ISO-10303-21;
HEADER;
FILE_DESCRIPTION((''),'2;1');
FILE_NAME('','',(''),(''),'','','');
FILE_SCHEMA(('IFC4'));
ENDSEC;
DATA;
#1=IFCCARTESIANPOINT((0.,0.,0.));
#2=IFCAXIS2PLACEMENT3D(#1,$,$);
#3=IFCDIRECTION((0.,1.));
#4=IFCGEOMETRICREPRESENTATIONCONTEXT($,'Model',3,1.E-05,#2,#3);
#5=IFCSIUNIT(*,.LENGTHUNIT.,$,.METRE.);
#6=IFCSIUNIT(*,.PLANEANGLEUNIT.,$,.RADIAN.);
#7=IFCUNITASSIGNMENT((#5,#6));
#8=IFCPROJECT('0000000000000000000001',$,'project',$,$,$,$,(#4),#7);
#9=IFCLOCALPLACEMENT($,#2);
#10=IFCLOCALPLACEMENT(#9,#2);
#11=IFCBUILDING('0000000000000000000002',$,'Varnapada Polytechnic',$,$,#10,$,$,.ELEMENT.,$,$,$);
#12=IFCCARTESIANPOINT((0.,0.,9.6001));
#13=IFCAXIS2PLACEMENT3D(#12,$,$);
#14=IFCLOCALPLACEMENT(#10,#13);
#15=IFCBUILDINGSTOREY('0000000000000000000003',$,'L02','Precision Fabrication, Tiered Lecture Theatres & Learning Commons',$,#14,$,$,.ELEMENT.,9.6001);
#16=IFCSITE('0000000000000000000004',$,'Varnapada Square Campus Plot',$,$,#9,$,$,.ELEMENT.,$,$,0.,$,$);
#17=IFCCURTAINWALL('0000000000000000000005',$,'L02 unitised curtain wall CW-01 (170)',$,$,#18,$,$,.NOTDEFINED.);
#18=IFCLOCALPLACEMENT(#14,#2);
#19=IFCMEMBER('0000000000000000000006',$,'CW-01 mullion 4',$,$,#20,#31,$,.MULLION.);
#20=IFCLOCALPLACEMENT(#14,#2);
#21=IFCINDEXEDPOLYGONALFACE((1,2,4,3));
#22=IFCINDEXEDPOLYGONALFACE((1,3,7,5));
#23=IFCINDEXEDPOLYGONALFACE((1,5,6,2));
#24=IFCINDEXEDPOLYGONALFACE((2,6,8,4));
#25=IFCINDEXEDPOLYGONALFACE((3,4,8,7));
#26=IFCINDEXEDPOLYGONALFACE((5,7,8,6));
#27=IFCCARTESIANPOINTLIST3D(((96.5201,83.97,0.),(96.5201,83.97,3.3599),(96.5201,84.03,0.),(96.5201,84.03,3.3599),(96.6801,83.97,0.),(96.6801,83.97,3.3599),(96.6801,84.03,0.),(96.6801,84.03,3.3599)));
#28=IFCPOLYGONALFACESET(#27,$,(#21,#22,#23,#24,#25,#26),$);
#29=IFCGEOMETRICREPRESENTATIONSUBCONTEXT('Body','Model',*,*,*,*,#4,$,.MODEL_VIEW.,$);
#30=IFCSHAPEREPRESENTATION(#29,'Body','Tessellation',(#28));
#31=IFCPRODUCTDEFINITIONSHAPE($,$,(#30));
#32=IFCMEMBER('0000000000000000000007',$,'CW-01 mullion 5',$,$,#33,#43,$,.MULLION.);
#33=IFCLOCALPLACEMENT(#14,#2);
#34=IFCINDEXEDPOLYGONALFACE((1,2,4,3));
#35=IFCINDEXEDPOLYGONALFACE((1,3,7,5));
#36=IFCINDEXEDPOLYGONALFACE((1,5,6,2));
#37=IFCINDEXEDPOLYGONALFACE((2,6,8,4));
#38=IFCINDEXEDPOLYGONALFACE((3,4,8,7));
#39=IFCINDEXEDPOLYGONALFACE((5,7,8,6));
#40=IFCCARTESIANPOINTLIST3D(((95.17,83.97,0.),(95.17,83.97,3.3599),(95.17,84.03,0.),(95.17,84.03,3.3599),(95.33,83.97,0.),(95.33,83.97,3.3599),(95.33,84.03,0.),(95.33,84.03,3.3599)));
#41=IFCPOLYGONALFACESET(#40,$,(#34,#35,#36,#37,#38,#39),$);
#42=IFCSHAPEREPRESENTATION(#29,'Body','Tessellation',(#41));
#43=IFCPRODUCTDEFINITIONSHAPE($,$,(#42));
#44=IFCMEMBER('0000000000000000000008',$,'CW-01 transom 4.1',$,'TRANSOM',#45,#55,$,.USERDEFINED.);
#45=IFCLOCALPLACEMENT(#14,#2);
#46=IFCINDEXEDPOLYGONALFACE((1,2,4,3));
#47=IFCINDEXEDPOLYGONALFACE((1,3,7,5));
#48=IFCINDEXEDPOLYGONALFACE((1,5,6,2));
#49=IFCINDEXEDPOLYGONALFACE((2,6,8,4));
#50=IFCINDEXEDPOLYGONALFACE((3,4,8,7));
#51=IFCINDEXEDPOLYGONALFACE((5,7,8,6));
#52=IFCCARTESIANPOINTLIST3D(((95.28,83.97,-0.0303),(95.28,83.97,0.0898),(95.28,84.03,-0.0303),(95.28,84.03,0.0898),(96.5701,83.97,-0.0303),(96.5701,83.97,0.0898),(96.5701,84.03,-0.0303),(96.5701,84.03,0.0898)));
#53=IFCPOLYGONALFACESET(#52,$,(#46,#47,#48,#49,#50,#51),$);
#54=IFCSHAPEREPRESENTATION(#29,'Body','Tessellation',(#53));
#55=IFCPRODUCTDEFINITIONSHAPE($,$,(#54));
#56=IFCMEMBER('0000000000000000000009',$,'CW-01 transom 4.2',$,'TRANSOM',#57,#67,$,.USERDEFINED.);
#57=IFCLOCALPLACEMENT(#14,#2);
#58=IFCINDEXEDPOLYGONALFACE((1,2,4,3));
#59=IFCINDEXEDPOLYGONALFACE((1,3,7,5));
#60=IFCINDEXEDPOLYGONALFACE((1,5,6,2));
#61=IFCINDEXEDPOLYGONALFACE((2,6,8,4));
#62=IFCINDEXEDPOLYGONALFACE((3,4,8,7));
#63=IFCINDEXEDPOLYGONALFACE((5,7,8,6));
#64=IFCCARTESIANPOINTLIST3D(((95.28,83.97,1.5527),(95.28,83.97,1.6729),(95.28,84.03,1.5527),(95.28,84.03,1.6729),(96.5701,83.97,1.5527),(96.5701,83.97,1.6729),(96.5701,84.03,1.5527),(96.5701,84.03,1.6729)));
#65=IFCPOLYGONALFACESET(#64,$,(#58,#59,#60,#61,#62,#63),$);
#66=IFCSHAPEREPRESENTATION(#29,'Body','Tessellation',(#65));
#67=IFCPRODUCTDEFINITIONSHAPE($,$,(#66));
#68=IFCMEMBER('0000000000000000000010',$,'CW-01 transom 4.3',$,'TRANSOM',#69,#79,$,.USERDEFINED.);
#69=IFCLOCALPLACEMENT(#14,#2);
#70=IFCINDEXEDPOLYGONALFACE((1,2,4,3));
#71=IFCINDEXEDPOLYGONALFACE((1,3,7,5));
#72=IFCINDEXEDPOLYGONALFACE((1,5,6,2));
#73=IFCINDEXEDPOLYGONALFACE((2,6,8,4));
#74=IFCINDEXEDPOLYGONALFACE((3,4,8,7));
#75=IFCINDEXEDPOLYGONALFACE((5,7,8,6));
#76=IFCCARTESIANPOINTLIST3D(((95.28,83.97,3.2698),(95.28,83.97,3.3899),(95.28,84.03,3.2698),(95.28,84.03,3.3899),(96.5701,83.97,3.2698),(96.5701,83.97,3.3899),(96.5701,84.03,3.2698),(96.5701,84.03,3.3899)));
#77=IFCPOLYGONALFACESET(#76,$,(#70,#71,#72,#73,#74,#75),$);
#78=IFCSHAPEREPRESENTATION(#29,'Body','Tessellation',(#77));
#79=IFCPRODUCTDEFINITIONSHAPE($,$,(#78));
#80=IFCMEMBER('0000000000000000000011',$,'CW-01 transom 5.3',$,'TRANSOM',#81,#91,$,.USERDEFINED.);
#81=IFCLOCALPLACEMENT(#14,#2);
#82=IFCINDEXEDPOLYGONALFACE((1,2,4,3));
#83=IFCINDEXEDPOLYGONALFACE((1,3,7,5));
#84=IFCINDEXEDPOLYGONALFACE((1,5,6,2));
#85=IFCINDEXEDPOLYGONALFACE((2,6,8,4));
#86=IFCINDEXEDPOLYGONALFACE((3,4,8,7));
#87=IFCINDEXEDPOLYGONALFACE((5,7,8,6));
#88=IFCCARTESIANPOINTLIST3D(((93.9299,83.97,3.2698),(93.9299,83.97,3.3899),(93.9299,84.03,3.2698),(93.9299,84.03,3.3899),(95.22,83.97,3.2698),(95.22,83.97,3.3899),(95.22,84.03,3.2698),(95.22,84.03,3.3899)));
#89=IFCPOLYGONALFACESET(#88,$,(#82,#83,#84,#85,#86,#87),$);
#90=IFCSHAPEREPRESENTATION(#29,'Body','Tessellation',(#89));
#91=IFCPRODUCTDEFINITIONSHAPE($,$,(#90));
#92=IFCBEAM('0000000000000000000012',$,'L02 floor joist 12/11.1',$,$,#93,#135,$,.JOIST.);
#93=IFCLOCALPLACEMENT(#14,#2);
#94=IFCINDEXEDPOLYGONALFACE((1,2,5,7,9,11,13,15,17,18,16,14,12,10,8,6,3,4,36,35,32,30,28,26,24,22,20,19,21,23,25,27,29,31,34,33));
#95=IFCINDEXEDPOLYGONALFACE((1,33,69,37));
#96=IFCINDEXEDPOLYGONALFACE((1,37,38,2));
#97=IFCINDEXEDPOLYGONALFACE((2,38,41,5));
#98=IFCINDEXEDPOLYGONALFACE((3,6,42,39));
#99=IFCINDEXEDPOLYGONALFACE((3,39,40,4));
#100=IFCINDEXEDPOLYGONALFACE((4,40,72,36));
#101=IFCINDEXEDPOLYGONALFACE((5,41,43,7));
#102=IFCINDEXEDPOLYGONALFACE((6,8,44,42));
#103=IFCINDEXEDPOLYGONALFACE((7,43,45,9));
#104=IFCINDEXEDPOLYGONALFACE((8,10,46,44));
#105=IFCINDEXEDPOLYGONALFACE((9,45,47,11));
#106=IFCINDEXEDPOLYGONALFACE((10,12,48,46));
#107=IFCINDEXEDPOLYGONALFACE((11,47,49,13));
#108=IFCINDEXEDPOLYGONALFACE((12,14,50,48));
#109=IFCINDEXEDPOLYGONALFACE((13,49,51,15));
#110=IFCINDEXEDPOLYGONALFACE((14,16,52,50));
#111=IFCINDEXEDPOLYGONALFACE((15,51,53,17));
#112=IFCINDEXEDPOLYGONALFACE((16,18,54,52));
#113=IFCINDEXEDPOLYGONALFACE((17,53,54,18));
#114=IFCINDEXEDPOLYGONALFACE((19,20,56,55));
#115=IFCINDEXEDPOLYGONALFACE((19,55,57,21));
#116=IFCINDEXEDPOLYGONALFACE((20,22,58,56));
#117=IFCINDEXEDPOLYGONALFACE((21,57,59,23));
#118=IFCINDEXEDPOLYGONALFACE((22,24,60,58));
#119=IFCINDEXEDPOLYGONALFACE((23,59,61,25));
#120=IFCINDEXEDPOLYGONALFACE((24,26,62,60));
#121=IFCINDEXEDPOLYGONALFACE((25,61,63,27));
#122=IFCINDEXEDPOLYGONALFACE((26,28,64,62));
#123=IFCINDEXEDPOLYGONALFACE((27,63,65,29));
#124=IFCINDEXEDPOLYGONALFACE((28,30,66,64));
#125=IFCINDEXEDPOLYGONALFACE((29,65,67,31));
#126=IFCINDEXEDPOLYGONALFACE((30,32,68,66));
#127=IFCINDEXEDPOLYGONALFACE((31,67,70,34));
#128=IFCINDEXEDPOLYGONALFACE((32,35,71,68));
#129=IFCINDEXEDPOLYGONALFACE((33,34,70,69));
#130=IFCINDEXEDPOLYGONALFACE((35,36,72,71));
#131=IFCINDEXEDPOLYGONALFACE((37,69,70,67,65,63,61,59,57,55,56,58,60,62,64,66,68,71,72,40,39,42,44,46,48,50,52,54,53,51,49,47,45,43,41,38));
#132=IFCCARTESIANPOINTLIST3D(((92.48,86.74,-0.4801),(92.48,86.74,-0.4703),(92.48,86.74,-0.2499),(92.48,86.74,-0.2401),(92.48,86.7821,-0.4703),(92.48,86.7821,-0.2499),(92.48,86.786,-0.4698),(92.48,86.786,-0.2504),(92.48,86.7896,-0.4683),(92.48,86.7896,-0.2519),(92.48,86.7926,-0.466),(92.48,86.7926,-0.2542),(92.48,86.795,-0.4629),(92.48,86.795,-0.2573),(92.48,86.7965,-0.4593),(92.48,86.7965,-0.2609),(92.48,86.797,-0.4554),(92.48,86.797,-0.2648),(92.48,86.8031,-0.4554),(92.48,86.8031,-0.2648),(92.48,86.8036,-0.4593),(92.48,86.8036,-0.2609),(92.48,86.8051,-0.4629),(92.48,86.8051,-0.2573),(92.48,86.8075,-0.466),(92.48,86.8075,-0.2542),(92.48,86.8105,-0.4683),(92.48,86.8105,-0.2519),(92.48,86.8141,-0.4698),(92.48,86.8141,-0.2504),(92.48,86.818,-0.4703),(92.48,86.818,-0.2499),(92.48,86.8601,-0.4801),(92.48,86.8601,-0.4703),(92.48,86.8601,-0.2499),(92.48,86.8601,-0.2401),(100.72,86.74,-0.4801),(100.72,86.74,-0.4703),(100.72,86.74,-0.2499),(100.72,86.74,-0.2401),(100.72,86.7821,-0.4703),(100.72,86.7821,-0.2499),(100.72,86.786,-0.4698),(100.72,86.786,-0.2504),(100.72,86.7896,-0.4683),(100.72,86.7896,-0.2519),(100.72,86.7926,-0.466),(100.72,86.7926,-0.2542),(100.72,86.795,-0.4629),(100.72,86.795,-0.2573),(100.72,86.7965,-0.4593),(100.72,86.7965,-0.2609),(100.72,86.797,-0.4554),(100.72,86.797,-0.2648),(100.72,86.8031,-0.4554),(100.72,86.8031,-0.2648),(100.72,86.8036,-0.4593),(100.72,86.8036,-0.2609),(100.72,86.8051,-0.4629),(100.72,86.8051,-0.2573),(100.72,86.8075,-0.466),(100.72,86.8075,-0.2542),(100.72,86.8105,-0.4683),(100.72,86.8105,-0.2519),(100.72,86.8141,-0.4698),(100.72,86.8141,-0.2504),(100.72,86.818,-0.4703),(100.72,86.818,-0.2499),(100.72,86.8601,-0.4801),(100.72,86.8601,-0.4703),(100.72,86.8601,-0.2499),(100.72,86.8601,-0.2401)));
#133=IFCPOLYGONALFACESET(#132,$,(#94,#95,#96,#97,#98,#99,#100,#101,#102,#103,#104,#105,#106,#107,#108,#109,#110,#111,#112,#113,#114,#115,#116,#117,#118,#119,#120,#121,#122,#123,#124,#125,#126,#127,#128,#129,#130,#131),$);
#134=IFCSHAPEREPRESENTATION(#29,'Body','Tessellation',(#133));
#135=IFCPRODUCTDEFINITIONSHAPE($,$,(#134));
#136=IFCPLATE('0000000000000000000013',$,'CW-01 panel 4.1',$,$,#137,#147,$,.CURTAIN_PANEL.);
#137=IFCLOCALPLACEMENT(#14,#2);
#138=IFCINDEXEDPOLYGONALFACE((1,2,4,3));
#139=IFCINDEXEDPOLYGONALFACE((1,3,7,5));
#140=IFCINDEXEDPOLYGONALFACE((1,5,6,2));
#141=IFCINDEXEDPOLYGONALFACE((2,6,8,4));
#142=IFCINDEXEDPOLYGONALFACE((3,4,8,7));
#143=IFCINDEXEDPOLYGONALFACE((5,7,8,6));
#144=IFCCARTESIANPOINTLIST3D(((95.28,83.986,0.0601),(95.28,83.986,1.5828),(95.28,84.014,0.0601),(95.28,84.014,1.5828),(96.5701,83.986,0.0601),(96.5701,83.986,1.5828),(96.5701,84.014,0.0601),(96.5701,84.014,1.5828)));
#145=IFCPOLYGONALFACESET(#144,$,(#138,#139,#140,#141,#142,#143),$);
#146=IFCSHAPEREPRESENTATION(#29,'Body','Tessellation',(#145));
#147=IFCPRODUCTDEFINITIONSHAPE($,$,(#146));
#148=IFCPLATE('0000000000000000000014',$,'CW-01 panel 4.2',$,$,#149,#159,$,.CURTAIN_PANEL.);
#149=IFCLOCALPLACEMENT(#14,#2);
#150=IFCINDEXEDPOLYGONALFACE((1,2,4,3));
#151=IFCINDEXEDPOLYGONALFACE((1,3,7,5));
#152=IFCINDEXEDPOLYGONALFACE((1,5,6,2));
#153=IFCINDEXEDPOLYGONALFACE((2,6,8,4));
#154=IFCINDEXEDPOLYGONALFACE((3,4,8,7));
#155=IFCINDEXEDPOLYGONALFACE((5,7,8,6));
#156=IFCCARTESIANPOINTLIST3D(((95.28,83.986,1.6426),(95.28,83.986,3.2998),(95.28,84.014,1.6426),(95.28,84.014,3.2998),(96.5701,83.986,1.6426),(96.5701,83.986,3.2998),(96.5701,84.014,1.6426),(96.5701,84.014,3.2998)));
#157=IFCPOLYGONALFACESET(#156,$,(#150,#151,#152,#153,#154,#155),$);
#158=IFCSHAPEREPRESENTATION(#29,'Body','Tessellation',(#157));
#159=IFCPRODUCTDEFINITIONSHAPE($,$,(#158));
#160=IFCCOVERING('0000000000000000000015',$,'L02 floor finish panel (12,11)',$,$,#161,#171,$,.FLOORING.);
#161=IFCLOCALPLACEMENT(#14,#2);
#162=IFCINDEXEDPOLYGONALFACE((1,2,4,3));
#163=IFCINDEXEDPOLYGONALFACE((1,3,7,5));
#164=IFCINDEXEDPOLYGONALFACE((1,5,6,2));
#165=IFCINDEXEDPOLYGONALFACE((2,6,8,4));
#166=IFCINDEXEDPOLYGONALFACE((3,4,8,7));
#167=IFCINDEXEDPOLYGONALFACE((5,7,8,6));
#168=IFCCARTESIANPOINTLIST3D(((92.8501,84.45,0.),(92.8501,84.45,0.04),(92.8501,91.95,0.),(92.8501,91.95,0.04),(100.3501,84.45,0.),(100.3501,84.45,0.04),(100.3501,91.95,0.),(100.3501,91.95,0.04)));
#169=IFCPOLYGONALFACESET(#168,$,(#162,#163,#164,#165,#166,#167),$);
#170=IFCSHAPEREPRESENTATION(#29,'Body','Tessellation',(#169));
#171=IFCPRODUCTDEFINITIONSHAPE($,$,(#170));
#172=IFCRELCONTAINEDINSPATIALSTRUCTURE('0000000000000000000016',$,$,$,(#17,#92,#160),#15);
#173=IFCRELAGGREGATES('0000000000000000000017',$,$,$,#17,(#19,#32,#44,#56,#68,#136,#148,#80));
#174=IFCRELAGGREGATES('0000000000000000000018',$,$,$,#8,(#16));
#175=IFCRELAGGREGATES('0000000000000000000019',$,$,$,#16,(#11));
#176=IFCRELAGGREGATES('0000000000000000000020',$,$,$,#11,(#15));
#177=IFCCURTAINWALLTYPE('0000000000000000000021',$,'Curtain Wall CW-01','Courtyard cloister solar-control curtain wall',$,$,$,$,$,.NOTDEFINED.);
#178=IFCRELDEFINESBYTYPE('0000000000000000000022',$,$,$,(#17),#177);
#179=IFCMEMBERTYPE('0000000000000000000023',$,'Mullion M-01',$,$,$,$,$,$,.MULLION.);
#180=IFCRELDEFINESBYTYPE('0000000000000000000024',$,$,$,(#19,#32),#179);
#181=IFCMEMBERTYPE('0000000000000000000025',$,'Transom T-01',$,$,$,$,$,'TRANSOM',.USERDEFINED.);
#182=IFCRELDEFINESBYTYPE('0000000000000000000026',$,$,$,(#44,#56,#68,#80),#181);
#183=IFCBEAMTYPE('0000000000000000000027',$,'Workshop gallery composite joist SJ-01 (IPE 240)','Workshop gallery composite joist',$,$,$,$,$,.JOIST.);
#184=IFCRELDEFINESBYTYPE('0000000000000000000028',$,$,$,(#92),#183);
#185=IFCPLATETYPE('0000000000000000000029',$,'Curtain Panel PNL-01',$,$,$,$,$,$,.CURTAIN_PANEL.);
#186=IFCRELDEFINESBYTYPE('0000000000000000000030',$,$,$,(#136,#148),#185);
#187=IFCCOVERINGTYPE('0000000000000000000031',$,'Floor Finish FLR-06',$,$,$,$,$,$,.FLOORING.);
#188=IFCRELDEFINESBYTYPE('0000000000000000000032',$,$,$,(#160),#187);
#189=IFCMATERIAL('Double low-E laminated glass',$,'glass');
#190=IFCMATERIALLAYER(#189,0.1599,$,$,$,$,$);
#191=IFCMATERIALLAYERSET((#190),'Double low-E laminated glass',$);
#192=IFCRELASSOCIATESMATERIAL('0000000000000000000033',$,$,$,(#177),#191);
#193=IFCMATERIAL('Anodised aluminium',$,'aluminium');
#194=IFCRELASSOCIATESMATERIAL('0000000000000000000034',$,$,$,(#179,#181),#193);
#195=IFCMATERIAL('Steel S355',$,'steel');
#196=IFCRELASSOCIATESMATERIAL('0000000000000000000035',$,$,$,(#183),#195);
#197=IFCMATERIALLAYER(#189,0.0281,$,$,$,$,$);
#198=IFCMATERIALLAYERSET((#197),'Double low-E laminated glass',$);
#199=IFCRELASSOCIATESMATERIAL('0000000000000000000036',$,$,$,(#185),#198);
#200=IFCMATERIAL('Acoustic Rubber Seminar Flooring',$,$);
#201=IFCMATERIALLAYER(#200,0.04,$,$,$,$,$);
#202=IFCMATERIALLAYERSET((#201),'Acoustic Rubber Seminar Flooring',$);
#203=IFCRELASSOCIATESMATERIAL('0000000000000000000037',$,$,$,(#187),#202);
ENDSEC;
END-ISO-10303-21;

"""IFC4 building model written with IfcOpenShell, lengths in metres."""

from ifc_helpers import new_model, si_unit, direction, frame, origin, origin_2d, place, context, subcontext, project, spatial, rectangle, i_section, extrude, material, layer, layer_set, material_profile, profile_set, type_object, element, aggregate, save


model = new_model("IFC4")

# Units and contexts
model_context = context("Model", 3, precision=1e-05, world=origin(), true_north=direction((0.0, 1.0)))
body_context = subcontext(model_context, "Body", "Model", "MODEL_VIEW")
ifc_project = project(units=[si_unit("LENGTHUNIT", "METRE"), si_unit("PLANEANGLEUNIT", "RADIAN")], contexts=[model_context])

# Site, building, storey
site_placement = place(None, origin())
site = spatial("IfcSite", under=ifc_project, at=site_placement, Name="Varnapada Square Campus Plot", CompositionType="ELEMENT", RefElevation=0.0)
building_placement = place(site_placement, origin())
building = spatial("IfcBuilding", under=site, at=building_placement, Name="Varnapada Polytechnic", CompositionType="ELEMENT")
storey_placement = place(building_placement, frame((0.0, 0.0, 9.6001)))
storey = spatial("IfcBuildingStorey", under=building, at=storey_placement, Name="L02", Description="Precision Fabrication, Tiered Lecture Theatres & Learning Commons", CompositionType="ELEMENT", Elevation=9.6001)

# Curtain wall, members
ifc_material_1 = material(Name="Double low-E laminated glass", Category="glass")
ifc_layer_1 = layer(ifc_material_1, 0.1599)
ifc_layer_set_1 = layer_set([ifc_layer_1], Name="Double low-E laminated glass")
curtain_wall_type = type_object("IfcCurtainWallType", Name="Curtain Wall CW-01", Description="Courtyard cloister solar-control curtain wall", PredefinedType="NOTDEFINED", material=ifc_layer_set_1)
curtain_wall_placement = place(storey_placement, origin())
curtain_wall = element("IfcCurtainWall", 1, at=curtain_wall_placement, inside=storey, type_object=curtain_wall_type, Name="L02 unitised curtain wall CW-01 (170)", PredefinedType="NOTDEFINED")
ifc_material_2 = material(Name="Anodised aluminium", Category="aluminium")
ifc_material_profile_1 = material_profile(ifc_material_2, rectangle(XDim=0.0601, YDim=0.1599, at=origin_2d()), Name="ALU M60x160")
ifc_profile_set_1 = profile_set([ifc_material_profile_1], Name="Anodised aluminium")
member_type_1 = type_object("IfcMemberType", Name="Mullion M-01", PredefinedType="MULLION", material=ifc_profile_set_1)
member_1_placement = place(storey_placement, frame((96.6001, 84.0, 0.0), z_axis=(0.0, 0.0, 1.0), x_axis=(0.0, -1.0, 0.0)))
member_1 = element("IfcMember", 2, at=member_1_placement, type_object=member_type_1, Name="CW-01 mullion 4", PredefinedType="MULLION", context=body_context, shape_type="SweptSolid", body=[
    extrude(rectangle(XDim=0.0601, YDim=0.1599, at=origin_2d()), origin(), (0.0, 0.0, 1.0), 3.3599),
])
member_2_placement = place(storey_placement, frame((95.25, 84.0, 0.0), z_axis=(0.0, 0.0, 1.0), x_axis=(0.0, -1.0, 0.0)))
member_2 = element("IfcMember", 3, at=member_2_placement, type_object=member_type_1, Name="CW-01 mullion 5", PredefinedType="MULLION", context=body_context, shape_type="SweptSolid", body=[
    extrude(rectangle(XDim=0.0601, YDim=0.1599, at=origin_2d()), origin(), (0.0, 0.0, 1.0), 3.3599),
])
ifc_material_profile_2 = material_profile(ifc_material_2, rectangle(XDim=0.0601, YDim=0.1201, at=origin_2d()), Name="ALU T60x120")
ifc_profile_set_2 = profile_set([ifc_material_profile_2], Name="Anodised aluminium")
member_type_2 = type_object("IfcMemberType", Name="Transom T-01", ElementType="TRANSOM", PredefinedType="USERDEFINED", material=ifc_profile_set_2)
member_3_placement = place(storey_placement, frame((96.5701, 84.0, 0.0298), z_axis=(-1.0, 0.0, 0.0), x_axis=(0.0, -1.0, 0.0)))
member_3 = element("IfcMember", 4, at=member_3_placement, type_object=member_type_2, Name="CW-01 transom 4.1", ObjectType="TRANSOM", PredefinedType="USERDEFINED", context=body_context, shape_type="SweptSolid", body=[
    extrude(rectangle(XDim=0.0601, YDim=0.1201, at=origin_2d()), origin(), (0.0, 0.0, 1.0), 1.29),
])
member_4_placement = place(storey_placement, frame((96.5701, 84.0, 1.6128), z_axis=(-1.0, 0.0, 0.0), x_axis=(0.0, -1.0, 0.0)))
member_4 = element("IfcMember", 5, at=member_4_placement, type_object=member_type_2, Name="CW-01 transom 4.2", ObjectType="TRANSOM", PredefinedType="USERDEFINED", context=body_context, shape_type="SweptSolid", body=[
    extrude(rectangle(XDim=0.0601, YDim=0.1201, at=origin_2d()), origin(), (0.0, 0.0, 1.0), 1.29),
])
member_5_placement = place(storey_placement, frame((96.5701, 84.0, 3.3298), z_axis=(-1.0, 0.0, 0.0), x_axis=(0.0, -1.0, 0.0)))
member_5 = element("IfcMember", 6, at=member_5_placement, type_object=member_type_2, Name="CW-01 transom 4.3", ObjectType="TRANSOM", PredefinedType="USERDEFINED", context=body_context, shape_type="SweptSolid", body=[
    extrude(rectangle(XDim=0.0601, YDim=0.1201, at=origin_2d()), origin(), (0.0, 0.0, 1.0), 1.29),
])
member_6_placement = place(storey_placement, frame((95.22, 84.0, 3.3298), z_axis=(-1.0, 0.0, 0.0), x_axis=(0.0, -1.0, 0.0)))
member_6 = element("IfcMember", 7, at=member_6_placement, type_object=member_type_2, Name="CW-01 transom 5.3", ObjectType="TRANSOM", PredefinedType="USERDEFINED", context=body_context, shape_type="SweptSolid", body=[
    extrude(rectangle(XDim=0.0601, YDim=0.1201, at=origin_2d()), origin(), (0.0, 0.0, 1.0), 1.29),
])

# Beam
ifc_material_3 = material(Name="Steel S355", Category="steel")
ifc_material_profile_3 = material_profile(ifc_material_3, i_section(OverallWidth=0.1201, OverallDepth=0.24, WebThickness=0.0061, FlangeThickness=0.0098, FilletRadius=0.0149, at=origin_2d()), Name="IPE 240")
ifc_profile_set_3 = profile_set([ifc_material_profile_3], Name="Steel S355")
beam_type = type_object("IfcBeamType", Name="Workshop gallery composite joist SJ-01 (IPE 240)", Description="Workshop gallery composite joist", PredefinedType="JOIST", material=ifc_profile_set_3)
beam_placement = place(storey_placement, frame((92.48, 86.8, -0.3601), z_axis=(1.0, 0.0, 0.0), x_axis=(0.0, 1.0, 0.0)))
element("IfcBeam", 8, at=beam_placement, inside=storey, type_object=beam_type, Name="L02 floor joist 12/11.1", PredefinedType="JOIST", context=body_context, shape_type="SweptSolid", body=[
    extrude(i_section(OverallWidth=0.1201, OverallDepth=0.24, WebThickness=0.0061, FlangeThickness=0.0098, FilletRadius=0.0149, at=origin_2d()), origin(), (0.0, 0.0, 1.0), 8.24),
])

# Plates
ifc_layer_2 = layer(ifc_material_1, 0.0281)
ifc_layer_set_2 = layer_set([ifc_layer_2], Name="Double low-E laminated glass")
plate_type = type_object("IfcPlateType", Name="Curtain Panel PNL-01", PredefinedType="CURTAIN_PANEL", material=ifc_layer_set_2)
plate_1_placement = place(storey_placement, frame((95.925, 84.0, 0.0601), z_axis=(0.0, 0.0, 1.0), x_axis=(-1.0, 0.0, 0.0)))
plate_1 = element("IfcPlate", 9, at=plate_1_placement, type_object=plate_type, Name="CW-01 panel 4.1", PredefinedType="CURTAIN_PANEL", context=body_context, shape_type="SweptSolid", body=[
    extrude(rectangle(XDim=1.29, YDim=0.0281, at=origin_2d()), origin(), (0.0, 0.0, 1.0), 1.5227),
])
plate_2_placement = place(storey_placement, frame((95.925, 84.0, 1.6426), z_axis=(0.0, 0.0, 1.0), x_axis=(-1.0, 0.0, 0.0)))
plate_2 = element("IfcPlate", 10, at=plate_2_placement, type_object=plate_type, Name="CW-01 panel 4.2", PredefinedType="CURTAIN_PANEL", context=body_context, shape_type="SweptSolid", body=[
    extrude(rectangle(XDim=1.29, YDim=0.0281, at=origin_2d()), origin(), (0.0, 0.0, 1.0), 1.6572),
])
aggregate(curtain_wall, [member_1, member_2, member_3, member_4, member_5, plate_1, plate_2, member_6])

# Covering
ifc_material_4 = material(Name="Acoustic Rubber Seminar Flooring")
ifc_layer_3 = layer(ifc_material_4, 0.04)
ifc_layer_set_3 = layer_set([ifc_layer_3], Name="Acoustic Rubber Seminar Flooring")
covering_type = type_object("IfcCoveringType", Name="Floor Finish FLR-06", PredefinedType="FLOORING", material=ifc_layer_set_3)
covering_placement = place(storey_placement, frame((96.6001, 88.2, 0.0), z_axis=(0.0, 0.0, 1.0), x_axis=(1.0, 0.0, 0.0)))
element("IfcCovering", 11, at=covering_placement, inside=storey, type_object=covering_type, Name="L02 floor finish panel (12,11)", PredefinedType="FLOORING", context=body_context, shape_type="SweptSolid", body=[
    extrude(rectangle(XDim=7.5, YDim=7.5, at=origin_2d()), origin(), (0.0, 0.0, 1.0), 0.04),
])

save(model, "model.ifc")
